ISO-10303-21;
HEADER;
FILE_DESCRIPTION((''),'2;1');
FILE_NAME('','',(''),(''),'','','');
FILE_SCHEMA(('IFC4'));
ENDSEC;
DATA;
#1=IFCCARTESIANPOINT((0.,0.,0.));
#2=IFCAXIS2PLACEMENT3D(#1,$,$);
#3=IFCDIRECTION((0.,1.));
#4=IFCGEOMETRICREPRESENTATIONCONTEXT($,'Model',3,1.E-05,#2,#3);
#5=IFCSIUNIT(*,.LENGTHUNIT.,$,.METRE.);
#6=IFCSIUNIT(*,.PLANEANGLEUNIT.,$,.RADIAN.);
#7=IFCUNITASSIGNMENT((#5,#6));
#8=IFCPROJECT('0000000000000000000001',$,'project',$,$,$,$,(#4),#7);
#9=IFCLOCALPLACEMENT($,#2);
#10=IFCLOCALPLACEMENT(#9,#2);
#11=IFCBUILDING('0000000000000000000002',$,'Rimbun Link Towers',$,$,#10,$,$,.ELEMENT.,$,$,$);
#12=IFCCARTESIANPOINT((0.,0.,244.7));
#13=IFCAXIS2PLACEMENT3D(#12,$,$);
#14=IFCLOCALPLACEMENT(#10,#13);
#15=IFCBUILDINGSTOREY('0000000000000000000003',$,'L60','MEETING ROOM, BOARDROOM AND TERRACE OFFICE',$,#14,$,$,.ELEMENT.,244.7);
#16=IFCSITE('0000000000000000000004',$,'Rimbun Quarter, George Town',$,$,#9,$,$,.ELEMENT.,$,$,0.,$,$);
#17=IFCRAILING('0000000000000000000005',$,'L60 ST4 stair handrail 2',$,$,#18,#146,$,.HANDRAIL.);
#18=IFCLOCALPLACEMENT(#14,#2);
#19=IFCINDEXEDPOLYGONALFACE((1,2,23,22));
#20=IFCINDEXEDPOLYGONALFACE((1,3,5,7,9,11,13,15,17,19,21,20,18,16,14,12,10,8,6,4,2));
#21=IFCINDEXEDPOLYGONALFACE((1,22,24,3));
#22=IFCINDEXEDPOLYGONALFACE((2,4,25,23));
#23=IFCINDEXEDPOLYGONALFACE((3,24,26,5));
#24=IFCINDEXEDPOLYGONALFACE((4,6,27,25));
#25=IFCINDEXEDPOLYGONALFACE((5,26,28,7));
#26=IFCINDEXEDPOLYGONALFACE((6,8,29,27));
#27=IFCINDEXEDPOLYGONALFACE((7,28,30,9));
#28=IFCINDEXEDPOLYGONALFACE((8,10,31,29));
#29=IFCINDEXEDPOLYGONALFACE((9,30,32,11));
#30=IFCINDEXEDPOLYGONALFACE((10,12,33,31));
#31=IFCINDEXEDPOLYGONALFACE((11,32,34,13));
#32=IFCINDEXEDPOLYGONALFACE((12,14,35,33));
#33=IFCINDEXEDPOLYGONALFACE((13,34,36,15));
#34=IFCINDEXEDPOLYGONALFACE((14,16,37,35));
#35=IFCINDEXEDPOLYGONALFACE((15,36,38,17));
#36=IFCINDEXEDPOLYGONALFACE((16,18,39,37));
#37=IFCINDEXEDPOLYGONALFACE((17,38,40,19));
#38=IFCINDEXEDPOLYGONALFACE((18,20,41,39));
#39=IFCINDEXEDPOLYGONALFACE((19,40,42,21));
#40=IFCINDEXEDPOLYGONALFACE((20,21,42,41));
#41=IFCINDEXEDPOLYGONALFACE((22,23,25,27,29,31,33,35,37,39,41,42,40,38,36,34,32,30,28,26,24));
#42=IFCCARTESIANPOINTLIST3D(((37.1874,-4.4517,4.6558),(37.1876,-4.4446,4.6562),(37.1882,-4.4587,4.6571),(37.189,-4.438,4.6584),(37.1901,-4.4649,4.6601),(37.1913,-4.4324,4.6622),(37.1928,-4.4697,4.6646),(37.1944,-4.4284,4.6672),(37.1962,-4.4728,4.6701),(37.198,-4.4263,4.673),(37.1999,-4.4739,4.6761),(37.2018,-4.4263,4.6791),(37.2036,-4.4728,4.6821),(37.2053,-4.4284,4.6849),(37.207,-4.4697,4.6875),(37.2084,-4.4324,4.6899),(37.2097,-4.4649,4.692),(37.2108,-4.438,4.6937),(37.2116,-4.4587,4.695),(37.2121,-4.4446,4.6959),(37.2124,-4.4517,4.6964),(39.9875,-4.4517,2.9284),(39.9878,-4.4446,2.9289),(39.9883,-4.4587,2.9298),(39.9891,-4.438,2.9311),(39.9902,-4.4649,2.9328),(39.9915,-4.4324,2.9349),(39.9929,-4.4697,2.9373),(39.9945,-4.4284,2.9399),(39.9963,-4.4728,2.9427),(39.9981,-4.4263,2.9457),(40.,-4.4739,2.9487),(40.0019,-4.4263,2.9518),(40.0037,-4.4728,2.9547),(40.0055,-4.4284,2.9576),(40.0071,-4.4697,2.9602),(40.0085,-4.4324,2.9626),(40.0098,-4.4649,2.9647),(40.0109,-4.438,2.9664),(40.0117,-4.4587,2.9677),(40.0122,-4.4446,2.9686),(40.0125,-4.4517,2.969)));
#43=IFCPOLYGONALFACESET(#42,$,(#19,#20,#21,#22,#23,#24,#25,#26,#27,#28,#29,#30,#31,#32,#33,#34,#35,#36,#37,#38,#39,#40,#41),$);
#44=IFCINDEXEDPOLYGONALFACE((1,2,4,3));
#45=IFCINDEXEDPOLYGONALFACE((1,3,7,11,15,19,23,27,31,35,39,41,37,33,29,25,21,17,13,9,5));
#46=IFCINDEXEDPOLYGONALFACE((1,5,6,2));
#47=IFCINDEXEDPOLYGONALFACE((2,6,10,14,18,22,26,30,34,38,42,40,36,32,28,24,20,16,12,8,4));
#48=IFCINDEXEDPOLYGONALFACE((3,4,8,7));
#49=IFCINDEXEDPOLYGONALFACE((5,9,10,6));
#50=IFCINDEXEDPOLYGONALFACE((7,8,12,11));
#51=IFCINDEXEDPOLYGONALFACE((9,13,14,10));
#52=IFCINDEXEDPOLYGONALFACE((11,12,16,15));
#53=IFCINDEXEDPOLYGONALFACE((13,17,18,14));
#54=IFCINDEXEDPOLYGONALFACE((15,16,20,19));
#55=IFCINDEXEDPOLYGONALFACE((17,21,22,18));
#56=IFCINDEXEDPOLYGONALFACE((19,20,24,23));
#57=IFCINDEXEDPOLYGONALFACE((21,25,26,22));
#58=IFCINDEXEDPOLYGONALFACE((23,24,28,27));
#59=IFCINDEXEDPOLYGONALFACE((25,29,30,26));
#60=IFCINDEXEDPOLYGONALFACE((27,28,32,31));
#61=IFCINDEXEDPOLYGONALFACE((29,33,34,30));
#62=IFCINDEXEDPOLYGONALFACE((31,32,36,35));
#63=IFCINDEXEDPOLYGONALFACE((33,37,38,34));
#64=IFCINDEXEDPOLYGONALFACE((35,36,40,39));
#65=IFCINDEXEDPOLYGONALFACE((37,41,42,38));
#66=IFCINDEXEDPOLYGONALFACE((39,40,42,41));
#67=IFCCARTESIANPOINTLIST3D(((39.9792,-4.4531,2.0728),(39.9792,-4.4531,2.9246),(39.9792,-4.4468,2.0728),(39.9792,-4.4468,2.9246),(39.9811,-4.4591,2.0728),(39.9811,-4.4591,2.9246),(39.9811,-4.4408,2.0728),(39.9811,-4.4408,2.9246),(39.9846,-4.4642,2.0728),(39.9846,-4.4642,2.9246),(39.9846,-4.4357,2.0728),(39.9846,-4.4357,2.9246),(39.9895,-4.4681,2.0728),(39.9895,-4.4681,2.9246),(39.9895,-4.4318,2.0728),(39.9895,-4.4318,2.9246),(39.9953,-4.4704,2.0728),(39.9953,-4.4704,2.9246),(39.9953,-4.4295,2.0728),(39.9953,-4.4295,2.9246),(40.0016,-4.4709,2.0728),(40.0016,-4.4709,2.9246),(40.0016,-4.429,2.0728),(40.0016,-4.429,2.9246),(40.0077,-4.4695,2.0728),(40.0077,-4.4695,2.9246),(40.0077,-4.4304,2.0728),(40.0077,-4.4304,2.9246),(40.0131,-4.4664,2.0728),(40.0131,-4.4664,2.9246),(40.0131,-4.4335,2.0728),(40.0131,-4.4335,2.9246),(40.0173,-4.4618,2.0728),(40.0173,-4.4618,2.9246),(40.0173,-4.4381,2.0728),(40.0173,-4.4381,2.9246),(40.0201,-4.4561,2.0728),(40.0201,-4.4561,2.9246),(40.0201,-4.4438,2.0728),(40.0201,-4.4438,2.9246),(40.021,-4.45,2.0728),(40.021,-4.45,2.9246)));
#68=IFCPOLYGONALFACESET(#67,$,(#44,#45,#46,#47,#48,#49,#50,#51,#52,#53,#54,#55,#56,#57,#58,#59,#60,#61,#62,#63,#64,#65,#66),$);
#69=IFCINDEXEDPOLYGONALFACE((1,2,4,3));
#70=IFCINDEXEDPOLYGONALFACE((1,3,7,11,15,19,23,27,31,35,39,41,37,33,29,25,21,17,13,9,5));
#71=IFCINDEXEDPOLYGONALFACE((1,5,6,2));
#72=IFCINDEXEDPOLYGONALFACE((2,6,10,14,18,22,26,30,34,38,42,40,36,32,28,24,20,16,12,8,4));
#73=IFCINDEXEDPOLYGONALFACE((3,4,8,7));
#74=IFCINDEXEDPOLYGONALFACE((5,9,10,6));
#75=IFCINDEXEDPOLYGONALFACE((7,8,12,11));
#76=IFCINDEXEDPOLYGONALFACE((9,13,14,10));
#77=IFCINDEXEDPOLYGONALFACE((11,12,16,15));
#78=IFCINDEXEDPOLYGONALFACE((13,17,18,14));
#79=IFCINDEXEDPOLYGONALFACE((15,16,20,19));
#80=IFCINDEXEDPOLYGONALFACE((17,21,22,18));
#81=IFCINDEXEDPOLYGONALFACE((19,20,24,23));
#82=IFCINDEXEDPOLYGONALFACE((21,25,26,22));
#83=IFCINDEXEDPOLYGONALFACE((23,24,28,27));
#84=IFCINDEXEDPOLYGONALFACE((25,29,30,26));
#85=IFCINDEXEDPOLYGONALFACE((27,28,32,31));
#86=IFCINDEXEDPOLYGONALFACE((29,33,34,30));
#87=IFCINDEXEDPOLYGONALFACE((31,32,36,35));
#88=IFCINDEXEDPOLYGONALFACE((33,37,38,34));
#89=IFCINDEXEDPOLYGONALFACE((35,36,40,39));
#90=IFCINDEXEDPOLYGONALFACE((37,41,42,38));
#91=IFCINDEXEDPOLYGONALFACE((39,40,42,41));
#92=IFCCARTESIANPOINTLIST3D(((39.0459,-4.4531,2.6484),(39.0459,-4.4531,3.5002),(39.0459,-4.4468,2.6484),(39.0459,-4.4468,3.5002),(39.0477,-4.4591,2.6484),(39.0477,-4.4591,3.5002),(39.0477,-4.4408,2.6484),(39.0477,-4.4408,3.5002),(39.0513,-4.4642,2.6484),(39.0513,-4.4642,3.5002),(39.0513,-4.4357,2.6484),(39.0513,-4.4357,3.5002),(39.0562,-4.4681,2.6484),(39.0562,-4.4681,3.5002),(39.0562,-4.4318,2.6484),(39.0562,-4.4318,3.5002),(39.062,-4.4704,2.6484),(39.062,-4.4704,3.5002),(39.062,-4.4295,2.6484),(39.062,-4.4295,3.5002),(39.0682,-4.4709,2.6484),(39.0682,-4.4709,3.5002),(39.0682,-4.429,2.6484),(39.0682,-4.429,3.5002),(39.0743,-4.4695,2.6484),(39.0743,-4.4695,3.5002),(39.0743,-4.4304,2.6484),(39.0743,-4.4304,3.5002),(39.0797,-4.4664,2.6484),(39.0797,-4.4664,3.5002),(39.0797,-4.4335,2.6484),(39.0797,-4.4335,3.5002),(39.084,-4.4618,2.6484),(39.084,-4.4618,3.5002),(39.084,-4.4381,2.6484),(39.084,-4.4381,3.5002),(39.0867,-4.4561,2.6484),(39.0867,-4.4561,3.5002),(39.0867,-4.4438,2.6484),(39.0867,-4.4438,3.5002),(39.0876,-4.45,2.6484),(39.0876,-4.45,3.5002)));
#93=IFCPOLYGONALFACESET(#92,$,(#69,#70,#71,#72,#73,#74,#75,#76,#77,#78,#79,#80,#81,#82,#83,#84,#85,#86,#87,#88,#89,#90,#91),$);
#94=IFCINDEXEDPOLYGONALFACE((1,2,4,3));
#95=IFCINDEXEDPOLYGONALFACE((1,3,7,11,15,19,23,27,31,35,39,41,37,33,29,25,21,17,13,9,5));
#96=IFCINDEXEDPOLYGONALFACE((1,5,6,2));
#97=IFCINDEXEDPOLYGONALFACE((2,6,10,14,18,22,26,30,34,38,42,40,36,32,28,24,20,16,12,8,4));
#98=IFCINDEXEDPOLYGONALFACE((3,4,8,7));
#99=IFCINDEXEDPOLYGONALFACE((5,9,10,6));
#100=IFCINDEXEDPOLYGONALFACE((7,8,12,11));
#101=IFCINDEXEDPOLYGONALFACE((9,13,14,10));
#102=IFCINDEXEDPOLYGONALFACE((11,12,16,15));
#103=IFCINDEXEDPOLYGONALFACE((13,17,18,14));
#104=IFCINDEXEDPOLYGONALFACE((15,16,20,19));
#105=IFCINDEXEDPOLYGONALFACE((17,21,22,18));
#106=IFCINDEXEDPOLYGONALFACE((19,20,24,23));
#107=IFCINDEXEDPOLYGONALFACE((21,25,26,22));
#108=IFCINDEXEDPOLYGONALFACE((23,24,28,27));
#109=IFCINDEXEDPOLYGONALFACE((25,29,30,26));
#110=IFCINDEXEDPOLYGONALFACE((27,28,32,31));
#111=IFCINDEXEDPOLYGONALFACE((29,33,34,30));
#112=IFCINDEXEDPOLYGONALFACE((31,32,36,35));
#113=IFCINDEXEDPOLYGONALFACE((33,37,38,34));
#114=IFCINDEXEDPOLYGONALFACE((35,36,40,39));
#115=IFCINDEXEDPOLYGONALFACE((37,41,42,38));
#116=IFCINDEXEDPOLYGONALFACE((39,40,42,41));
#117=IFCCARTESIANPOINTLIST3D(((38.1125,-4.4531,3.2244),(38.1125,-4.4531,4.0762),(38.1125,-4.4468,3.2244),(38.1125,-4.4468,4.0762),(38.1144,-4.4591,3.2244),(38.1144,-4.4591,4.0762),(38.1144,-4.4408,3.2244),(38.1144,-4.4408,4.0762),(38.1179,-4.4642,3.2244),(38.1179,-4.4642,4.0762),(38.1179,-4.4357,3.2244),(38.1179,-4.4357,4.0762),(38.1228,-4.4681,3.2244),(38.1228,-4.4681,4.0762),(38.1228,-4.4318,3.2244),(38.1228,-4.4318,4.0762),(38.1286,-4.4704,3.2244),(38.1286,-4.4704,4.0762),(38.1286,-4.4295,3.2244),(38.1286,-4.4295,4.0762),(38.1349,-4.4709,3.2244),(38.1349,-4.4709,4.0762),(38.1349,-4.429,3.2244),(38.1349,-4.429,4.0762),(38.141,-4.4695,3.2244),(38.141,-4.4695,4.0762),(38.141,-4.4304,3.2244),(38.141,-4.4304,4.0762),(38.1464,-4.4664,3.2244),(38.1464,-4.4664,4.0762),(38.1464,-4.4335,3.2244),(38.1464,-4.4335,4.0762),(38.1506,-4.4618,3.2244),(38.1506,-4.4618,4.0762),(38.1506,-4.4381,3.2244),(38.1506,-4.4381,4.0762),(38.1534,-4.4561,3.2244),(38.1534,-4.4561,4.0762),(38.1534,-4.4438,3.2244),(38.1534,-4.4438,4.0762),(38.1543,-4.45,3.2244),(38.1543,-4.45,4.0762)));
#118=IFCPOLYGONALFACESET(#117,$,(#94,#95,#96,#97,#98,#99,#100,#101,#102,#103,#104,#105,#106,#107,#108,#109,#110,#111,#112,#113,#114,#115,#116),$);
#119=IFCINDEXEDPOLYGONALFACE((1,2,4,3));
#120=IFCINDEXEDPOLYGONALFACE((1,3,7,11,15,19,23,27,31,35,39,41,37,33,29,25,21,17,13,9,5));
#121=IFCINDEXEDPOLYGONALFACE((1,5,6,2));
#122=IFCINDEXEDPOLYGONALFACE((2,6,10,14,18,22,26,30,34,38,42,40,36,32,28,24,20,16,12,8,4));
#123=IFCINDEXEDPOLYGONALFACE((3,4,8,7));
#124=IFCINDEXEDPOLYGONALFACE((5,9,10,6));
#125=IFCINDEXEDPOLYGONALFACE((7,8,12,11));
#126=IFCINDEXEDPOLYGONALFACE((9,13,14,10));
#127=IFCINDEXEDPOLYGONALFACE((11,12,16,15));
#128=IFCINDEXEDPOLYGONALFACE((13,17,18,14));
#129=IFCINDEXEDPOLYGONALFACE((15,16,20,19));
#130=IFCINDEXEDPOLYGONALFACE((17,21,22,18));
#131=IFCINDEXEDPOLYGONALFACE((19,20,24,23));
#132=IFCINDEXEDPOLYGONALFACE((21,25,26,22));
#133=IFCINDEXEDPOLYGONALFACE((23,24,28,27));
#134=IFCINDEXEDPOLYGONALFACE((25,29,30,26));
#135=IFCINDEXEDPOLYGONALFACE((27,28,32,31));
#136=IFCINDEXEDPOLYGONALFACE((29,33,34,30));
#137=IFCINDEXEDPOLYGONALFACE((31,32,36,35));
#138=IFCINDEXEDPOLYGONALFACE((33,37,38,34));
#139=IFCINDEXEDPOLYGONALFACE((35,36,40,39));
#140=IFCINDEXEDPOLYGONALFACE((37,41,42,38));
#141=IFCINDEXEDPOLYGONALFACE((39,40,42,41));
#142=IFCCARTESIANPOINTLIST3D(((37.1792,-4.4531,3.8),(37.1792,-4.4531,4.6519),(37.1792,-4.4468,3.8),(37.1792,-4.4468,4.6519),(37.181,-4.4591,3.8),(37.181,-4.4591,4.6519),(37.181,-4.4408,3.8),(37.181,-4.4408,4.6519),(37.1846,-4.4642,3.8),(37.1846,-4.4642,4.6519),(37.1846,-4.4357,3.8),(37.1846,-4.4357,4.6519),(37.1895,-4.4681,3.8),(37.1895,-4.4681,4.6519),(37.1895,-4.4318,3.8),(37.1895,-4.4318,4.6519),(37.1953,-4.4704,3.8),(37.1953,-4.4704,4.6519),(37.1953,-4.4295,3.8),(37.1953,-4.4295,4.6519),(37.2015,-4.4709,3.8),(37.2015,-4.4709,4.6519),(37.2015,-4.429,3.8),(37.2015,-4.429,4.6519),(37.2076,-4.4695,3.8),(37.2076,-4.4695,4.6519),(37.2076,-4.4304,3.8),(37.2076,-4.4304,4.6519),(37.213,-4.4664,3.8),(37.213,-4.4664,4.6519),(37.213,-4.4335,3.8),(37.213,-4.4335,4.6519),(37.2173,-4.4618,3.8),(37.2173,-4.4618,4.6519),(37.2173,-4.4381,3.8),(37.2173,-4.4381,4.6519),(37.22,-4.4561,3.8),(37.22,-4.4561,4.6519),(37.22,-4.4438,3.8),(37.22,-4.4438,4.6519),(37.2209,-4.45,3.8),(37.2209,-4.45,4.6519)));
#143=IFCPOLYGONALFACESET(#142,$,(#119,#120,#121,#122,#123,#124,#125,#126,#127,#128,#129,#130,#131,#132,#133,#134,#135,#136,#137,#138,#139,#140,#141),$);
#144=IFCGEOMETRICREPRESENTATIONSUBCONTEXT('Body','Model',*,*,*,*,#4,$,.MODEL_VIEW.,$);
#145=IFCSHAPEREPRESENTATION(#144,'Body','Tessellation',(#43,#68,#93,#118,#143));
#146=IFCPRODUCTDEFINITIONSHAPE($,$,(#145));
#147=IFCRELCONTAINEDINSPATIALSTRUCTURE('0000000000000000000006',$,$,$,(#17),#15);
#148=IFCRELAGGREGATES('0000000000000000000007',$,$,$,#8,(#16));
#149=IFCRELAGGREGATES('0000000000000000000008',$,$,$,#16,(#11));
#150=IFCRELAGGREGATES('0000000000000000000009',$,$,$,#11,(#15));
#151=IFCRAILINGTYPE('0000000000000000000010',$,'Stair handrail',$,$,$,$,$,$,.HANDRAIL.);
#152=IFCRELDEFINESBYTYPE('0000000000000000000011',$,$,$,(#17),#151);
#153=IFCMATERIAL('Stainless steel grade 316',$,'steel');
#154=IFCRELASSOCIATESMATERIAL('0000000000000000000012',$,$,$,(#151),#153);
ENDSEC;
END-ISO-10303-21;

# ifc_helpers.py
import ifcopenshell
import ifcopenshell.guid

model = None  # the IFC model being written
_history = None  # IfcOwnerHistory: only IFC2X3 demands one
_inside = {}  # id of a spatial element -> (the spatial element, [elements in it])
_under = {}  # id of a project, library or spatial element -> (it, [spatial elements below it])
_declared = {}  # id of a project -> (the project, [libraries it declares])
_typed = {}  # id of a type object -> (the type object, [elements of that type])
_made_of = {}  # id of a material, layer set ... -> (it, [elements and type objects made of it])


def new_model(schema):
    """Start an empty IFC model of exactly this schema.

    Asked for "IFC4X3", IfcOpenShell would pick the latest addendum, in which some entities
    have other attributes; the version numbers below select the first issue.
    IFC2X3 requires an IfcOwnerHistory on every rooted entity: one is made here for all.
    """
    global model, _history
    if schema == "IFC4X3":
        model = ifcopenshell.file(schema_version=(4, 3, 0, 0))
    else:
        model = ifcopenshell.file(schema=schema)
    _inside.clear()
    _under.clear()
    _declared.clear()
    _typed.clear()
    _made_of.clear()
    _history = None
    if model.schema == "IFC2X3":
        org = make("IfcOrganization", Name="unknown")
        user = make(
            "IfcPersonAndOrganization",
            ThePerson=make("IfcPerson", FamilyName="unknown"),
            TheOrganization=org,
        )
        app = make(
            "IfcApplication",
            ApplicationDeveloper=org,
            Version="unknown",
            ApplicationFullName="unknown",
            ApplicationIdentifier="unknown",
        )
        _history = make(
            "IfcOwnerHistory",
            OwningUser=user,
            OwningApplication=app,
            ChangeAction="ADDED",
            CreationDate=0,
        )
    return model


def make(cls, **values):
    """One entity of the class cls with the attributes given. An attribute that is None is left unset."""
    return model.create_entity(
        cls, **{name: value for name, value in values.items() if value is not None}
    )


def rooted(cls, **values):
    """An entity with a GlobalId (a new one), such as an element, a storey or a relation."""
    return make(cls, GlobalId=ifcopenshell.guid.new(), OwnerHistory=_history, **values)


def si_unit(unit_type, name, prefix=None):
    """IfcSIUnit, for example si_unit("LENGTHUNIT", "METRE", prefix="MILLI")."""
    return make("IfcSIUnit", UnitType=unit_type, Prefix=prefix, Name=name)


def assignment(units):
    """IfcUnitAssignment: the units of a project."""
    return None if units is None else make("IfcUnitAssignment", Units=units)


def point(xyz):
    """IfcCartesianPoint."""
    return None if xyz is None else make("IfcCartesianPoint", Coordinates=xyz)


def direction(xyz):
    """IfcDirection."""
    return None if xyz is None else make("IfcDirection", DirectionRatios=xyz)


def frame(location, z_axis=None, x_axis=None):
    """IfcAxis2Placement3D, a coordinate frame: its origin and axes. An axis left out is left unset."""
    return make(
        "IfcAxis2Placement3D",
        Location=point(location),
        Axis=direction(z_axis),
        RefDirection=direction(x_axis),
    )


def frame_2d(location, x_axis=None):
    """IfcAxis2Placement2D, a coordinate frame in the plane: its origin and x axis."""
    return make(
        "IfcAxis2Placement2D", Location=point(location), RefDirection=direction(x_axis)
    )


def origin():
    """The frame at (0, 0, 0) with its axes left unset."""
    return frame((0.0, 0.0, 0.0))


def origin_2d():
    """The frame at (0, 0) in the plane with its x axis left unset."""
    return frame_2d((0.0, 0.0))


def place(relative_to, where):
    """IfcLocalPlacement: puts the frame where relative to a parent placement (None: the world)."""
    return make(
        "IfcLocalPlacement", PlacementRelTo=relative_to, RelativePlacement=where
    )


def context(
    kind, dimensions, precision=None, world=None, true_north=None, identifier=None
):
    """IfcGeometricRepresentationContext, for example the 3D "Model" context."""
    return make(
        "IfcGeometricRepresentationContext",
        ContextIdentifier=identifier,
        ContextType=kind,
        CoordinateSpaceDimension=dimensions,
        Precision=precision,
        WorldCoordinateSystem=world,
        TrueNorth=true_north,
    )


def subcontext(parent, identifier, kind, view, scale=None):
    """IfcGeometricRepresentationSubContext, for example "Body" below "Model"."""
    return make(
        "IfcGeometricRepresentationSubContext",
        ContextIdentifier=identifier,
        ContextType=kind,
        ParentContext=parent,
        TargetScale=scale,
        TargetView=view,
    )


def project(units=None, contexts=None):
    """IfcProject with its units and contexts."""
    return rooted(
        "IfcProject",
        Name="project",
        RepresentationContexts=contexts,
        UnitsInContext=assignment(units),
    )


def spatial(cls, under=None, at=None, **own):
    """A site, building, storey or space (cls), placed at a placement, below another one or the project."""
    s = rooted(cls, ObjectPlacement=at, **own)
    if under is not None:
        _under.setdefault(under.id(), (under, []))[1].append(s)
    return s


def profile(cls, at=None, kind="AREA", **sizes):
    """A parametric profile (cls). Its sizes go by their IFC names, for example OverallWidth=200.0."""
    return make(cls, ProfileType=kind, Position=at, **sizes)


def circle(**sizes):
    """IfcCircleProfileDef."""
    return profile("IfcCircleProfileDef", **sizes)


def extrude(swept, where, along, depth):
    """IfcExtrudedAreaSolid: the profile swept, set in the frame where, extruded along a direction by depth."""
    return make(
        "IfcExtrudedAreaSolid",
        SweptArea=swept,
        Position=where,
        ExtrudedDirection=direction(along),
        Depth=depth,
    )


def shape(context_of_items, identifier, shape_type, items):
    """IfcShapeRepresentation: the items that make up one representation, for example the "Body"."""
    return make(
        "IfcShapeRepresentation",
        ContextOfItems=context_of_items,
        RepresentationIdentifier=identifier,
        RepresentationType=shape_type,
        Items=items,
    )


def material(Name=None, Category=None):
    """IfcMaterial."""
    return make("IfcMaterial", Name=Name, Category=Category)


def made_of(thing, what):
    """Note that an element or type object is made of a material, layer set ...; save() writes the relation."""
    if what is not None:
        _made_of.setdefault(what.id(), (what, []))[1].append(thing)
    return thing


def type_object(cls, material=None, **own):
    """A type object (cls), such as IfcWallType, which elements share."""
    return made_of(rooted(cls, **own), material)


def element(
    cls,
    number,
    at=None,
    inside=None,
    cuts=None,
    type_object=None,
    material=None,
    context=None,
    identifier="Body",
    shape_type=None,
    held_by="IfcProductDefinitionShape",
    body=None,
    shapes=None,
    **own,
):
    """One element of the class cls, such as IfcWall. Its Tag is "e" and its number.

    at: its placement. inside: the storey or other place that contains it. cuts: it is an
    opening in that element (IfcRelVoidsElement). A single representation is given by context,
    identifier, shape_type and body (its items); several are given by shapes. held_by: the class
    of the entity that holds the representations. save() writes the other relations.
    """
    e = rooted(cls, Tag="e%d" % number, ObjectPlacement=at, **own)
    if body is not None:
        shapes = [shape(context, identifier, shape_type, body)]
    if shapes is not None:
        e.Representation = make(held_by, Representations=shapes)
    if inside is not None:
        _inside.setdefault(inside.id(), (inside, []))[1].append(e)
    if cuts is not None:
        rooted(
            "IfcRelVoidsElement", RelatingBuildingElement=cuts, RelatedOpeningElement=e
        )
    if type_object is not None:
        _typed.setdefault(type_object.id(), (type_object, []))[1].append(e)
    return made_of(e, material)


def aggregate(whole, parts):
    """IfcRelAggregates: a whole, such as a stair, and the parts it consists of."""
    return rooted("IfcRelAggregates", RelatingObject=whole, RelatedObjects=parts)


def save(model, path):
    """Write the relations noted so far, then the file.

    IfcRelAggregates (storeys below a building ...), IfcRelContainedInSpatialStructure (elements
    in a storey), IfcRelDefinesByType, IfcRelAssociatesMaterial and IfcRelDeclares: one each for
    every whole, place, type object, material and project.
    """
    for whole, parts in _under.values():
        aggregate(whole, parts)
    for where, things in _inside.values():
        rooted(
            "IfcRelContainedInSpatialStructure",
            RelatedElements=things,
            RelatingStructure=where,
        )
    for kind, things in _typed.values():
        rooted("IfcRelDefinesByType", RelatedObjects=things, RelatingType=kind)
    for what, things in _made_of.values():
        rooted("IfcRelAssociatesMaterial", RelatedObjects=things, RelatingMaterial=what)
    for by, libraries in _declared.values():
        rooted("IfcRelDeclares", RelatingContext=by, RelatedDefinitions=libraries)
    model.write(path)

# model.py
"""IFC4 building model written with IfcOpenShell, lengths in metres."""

from ifc_helpers import new_model, si_unit, direction, frame, origin, origin_2d, place, context, subcontext, project, spatial, circle, extrude, material, type_object, element, save


model = new_model("IFC4")

# Units and contexts
model_context = context("Model", 3, precision=1e-05, world=origin(), true_north=direction((0.0, 1.0)))
body_context = subcontext(model_context, "Body", "Model", "MODEL_VIEW")
ifc_project = project(units=[si_unit("LENGTHUNIT", "METRE"), si_unit("PLANEANGLEUNIT", "RADIAN")], contexts=[model_context])

# Site, building, storey
site_placement = place(None, origin())
site = spatial("IfcSite", under=ifc_project, at=site_placement, Name="Rimbun Quarter, George Town", CompositionType="ELEMENT", RefElevation=0.0)
building_placement = place(site_placement, origin())
building = spatial("IfcBuilding", under=site, at=building_placement, Name="Rimbun Link Towers", CompositionType="ELEMENT")
storey_placement = place(building_placement, frame((0.0, 0.0, 244.7)))
storey = spatial("IfcBuildingStorey", under=building, at=storey_placement, Name="L60", Description="MEETING ROOM, BOARDROOM AND TERRACE OFFICE", CompositionType="ELEMENT", Elevation=244.7)

# Railing
ifc_material_1 = material(Name="Stainless steel grade 316", Category="steel")
railing_type_1 = type_object("IfcRailingType", Name="Stair handrail", PredefinedType="HANDRAIL", material=ifc_material_1)
railing_1_placement = place(storey_placement, frame((40.0, -4.45, 2.0728)))
element("IfcRailing", 1, at=railing_1_placement, inside=storey, type_object=railing_type_1, Name="L60 ST4 stair handrail 2", PredefinedType="HANDRAIL", context=body_context, shape_type="SweptSolid", body=[
    extrude(circle(Radius=0.0239, at=origin_2d()), frame((0.0, 0.0, 0.876), z_axis=(-0.85109, 0.0, 0.52502), x_axis=(0.0, -1.0, 0.0)), (0.0, 0.0, 1.0), 3.29),
    extrude(circle(Radius=0.021, at=origin_2d()), origin(), (0.0, 0.0, 1.0), 0.8518),
    extrude(circle(Radius=0.021, at=origin_2d()), frame((-0.9333, 0.0, 0.5757)), (0.0, 0.0, 1.0), 0.8518),
    extrude(circle(Radius=0.021, at=origin_2d()), frame((-1.8667, 0.0, 1.1516)), (0.0, 0.0, 1.0), 0.8518),
    extrude(circle(Radius=0.021, at=origin_2d()), frame((-2.8, 0.0, 1.7273)), (0.0, 0.0, 1.0), 0.8518),
])

save(model, "model.ifc")
